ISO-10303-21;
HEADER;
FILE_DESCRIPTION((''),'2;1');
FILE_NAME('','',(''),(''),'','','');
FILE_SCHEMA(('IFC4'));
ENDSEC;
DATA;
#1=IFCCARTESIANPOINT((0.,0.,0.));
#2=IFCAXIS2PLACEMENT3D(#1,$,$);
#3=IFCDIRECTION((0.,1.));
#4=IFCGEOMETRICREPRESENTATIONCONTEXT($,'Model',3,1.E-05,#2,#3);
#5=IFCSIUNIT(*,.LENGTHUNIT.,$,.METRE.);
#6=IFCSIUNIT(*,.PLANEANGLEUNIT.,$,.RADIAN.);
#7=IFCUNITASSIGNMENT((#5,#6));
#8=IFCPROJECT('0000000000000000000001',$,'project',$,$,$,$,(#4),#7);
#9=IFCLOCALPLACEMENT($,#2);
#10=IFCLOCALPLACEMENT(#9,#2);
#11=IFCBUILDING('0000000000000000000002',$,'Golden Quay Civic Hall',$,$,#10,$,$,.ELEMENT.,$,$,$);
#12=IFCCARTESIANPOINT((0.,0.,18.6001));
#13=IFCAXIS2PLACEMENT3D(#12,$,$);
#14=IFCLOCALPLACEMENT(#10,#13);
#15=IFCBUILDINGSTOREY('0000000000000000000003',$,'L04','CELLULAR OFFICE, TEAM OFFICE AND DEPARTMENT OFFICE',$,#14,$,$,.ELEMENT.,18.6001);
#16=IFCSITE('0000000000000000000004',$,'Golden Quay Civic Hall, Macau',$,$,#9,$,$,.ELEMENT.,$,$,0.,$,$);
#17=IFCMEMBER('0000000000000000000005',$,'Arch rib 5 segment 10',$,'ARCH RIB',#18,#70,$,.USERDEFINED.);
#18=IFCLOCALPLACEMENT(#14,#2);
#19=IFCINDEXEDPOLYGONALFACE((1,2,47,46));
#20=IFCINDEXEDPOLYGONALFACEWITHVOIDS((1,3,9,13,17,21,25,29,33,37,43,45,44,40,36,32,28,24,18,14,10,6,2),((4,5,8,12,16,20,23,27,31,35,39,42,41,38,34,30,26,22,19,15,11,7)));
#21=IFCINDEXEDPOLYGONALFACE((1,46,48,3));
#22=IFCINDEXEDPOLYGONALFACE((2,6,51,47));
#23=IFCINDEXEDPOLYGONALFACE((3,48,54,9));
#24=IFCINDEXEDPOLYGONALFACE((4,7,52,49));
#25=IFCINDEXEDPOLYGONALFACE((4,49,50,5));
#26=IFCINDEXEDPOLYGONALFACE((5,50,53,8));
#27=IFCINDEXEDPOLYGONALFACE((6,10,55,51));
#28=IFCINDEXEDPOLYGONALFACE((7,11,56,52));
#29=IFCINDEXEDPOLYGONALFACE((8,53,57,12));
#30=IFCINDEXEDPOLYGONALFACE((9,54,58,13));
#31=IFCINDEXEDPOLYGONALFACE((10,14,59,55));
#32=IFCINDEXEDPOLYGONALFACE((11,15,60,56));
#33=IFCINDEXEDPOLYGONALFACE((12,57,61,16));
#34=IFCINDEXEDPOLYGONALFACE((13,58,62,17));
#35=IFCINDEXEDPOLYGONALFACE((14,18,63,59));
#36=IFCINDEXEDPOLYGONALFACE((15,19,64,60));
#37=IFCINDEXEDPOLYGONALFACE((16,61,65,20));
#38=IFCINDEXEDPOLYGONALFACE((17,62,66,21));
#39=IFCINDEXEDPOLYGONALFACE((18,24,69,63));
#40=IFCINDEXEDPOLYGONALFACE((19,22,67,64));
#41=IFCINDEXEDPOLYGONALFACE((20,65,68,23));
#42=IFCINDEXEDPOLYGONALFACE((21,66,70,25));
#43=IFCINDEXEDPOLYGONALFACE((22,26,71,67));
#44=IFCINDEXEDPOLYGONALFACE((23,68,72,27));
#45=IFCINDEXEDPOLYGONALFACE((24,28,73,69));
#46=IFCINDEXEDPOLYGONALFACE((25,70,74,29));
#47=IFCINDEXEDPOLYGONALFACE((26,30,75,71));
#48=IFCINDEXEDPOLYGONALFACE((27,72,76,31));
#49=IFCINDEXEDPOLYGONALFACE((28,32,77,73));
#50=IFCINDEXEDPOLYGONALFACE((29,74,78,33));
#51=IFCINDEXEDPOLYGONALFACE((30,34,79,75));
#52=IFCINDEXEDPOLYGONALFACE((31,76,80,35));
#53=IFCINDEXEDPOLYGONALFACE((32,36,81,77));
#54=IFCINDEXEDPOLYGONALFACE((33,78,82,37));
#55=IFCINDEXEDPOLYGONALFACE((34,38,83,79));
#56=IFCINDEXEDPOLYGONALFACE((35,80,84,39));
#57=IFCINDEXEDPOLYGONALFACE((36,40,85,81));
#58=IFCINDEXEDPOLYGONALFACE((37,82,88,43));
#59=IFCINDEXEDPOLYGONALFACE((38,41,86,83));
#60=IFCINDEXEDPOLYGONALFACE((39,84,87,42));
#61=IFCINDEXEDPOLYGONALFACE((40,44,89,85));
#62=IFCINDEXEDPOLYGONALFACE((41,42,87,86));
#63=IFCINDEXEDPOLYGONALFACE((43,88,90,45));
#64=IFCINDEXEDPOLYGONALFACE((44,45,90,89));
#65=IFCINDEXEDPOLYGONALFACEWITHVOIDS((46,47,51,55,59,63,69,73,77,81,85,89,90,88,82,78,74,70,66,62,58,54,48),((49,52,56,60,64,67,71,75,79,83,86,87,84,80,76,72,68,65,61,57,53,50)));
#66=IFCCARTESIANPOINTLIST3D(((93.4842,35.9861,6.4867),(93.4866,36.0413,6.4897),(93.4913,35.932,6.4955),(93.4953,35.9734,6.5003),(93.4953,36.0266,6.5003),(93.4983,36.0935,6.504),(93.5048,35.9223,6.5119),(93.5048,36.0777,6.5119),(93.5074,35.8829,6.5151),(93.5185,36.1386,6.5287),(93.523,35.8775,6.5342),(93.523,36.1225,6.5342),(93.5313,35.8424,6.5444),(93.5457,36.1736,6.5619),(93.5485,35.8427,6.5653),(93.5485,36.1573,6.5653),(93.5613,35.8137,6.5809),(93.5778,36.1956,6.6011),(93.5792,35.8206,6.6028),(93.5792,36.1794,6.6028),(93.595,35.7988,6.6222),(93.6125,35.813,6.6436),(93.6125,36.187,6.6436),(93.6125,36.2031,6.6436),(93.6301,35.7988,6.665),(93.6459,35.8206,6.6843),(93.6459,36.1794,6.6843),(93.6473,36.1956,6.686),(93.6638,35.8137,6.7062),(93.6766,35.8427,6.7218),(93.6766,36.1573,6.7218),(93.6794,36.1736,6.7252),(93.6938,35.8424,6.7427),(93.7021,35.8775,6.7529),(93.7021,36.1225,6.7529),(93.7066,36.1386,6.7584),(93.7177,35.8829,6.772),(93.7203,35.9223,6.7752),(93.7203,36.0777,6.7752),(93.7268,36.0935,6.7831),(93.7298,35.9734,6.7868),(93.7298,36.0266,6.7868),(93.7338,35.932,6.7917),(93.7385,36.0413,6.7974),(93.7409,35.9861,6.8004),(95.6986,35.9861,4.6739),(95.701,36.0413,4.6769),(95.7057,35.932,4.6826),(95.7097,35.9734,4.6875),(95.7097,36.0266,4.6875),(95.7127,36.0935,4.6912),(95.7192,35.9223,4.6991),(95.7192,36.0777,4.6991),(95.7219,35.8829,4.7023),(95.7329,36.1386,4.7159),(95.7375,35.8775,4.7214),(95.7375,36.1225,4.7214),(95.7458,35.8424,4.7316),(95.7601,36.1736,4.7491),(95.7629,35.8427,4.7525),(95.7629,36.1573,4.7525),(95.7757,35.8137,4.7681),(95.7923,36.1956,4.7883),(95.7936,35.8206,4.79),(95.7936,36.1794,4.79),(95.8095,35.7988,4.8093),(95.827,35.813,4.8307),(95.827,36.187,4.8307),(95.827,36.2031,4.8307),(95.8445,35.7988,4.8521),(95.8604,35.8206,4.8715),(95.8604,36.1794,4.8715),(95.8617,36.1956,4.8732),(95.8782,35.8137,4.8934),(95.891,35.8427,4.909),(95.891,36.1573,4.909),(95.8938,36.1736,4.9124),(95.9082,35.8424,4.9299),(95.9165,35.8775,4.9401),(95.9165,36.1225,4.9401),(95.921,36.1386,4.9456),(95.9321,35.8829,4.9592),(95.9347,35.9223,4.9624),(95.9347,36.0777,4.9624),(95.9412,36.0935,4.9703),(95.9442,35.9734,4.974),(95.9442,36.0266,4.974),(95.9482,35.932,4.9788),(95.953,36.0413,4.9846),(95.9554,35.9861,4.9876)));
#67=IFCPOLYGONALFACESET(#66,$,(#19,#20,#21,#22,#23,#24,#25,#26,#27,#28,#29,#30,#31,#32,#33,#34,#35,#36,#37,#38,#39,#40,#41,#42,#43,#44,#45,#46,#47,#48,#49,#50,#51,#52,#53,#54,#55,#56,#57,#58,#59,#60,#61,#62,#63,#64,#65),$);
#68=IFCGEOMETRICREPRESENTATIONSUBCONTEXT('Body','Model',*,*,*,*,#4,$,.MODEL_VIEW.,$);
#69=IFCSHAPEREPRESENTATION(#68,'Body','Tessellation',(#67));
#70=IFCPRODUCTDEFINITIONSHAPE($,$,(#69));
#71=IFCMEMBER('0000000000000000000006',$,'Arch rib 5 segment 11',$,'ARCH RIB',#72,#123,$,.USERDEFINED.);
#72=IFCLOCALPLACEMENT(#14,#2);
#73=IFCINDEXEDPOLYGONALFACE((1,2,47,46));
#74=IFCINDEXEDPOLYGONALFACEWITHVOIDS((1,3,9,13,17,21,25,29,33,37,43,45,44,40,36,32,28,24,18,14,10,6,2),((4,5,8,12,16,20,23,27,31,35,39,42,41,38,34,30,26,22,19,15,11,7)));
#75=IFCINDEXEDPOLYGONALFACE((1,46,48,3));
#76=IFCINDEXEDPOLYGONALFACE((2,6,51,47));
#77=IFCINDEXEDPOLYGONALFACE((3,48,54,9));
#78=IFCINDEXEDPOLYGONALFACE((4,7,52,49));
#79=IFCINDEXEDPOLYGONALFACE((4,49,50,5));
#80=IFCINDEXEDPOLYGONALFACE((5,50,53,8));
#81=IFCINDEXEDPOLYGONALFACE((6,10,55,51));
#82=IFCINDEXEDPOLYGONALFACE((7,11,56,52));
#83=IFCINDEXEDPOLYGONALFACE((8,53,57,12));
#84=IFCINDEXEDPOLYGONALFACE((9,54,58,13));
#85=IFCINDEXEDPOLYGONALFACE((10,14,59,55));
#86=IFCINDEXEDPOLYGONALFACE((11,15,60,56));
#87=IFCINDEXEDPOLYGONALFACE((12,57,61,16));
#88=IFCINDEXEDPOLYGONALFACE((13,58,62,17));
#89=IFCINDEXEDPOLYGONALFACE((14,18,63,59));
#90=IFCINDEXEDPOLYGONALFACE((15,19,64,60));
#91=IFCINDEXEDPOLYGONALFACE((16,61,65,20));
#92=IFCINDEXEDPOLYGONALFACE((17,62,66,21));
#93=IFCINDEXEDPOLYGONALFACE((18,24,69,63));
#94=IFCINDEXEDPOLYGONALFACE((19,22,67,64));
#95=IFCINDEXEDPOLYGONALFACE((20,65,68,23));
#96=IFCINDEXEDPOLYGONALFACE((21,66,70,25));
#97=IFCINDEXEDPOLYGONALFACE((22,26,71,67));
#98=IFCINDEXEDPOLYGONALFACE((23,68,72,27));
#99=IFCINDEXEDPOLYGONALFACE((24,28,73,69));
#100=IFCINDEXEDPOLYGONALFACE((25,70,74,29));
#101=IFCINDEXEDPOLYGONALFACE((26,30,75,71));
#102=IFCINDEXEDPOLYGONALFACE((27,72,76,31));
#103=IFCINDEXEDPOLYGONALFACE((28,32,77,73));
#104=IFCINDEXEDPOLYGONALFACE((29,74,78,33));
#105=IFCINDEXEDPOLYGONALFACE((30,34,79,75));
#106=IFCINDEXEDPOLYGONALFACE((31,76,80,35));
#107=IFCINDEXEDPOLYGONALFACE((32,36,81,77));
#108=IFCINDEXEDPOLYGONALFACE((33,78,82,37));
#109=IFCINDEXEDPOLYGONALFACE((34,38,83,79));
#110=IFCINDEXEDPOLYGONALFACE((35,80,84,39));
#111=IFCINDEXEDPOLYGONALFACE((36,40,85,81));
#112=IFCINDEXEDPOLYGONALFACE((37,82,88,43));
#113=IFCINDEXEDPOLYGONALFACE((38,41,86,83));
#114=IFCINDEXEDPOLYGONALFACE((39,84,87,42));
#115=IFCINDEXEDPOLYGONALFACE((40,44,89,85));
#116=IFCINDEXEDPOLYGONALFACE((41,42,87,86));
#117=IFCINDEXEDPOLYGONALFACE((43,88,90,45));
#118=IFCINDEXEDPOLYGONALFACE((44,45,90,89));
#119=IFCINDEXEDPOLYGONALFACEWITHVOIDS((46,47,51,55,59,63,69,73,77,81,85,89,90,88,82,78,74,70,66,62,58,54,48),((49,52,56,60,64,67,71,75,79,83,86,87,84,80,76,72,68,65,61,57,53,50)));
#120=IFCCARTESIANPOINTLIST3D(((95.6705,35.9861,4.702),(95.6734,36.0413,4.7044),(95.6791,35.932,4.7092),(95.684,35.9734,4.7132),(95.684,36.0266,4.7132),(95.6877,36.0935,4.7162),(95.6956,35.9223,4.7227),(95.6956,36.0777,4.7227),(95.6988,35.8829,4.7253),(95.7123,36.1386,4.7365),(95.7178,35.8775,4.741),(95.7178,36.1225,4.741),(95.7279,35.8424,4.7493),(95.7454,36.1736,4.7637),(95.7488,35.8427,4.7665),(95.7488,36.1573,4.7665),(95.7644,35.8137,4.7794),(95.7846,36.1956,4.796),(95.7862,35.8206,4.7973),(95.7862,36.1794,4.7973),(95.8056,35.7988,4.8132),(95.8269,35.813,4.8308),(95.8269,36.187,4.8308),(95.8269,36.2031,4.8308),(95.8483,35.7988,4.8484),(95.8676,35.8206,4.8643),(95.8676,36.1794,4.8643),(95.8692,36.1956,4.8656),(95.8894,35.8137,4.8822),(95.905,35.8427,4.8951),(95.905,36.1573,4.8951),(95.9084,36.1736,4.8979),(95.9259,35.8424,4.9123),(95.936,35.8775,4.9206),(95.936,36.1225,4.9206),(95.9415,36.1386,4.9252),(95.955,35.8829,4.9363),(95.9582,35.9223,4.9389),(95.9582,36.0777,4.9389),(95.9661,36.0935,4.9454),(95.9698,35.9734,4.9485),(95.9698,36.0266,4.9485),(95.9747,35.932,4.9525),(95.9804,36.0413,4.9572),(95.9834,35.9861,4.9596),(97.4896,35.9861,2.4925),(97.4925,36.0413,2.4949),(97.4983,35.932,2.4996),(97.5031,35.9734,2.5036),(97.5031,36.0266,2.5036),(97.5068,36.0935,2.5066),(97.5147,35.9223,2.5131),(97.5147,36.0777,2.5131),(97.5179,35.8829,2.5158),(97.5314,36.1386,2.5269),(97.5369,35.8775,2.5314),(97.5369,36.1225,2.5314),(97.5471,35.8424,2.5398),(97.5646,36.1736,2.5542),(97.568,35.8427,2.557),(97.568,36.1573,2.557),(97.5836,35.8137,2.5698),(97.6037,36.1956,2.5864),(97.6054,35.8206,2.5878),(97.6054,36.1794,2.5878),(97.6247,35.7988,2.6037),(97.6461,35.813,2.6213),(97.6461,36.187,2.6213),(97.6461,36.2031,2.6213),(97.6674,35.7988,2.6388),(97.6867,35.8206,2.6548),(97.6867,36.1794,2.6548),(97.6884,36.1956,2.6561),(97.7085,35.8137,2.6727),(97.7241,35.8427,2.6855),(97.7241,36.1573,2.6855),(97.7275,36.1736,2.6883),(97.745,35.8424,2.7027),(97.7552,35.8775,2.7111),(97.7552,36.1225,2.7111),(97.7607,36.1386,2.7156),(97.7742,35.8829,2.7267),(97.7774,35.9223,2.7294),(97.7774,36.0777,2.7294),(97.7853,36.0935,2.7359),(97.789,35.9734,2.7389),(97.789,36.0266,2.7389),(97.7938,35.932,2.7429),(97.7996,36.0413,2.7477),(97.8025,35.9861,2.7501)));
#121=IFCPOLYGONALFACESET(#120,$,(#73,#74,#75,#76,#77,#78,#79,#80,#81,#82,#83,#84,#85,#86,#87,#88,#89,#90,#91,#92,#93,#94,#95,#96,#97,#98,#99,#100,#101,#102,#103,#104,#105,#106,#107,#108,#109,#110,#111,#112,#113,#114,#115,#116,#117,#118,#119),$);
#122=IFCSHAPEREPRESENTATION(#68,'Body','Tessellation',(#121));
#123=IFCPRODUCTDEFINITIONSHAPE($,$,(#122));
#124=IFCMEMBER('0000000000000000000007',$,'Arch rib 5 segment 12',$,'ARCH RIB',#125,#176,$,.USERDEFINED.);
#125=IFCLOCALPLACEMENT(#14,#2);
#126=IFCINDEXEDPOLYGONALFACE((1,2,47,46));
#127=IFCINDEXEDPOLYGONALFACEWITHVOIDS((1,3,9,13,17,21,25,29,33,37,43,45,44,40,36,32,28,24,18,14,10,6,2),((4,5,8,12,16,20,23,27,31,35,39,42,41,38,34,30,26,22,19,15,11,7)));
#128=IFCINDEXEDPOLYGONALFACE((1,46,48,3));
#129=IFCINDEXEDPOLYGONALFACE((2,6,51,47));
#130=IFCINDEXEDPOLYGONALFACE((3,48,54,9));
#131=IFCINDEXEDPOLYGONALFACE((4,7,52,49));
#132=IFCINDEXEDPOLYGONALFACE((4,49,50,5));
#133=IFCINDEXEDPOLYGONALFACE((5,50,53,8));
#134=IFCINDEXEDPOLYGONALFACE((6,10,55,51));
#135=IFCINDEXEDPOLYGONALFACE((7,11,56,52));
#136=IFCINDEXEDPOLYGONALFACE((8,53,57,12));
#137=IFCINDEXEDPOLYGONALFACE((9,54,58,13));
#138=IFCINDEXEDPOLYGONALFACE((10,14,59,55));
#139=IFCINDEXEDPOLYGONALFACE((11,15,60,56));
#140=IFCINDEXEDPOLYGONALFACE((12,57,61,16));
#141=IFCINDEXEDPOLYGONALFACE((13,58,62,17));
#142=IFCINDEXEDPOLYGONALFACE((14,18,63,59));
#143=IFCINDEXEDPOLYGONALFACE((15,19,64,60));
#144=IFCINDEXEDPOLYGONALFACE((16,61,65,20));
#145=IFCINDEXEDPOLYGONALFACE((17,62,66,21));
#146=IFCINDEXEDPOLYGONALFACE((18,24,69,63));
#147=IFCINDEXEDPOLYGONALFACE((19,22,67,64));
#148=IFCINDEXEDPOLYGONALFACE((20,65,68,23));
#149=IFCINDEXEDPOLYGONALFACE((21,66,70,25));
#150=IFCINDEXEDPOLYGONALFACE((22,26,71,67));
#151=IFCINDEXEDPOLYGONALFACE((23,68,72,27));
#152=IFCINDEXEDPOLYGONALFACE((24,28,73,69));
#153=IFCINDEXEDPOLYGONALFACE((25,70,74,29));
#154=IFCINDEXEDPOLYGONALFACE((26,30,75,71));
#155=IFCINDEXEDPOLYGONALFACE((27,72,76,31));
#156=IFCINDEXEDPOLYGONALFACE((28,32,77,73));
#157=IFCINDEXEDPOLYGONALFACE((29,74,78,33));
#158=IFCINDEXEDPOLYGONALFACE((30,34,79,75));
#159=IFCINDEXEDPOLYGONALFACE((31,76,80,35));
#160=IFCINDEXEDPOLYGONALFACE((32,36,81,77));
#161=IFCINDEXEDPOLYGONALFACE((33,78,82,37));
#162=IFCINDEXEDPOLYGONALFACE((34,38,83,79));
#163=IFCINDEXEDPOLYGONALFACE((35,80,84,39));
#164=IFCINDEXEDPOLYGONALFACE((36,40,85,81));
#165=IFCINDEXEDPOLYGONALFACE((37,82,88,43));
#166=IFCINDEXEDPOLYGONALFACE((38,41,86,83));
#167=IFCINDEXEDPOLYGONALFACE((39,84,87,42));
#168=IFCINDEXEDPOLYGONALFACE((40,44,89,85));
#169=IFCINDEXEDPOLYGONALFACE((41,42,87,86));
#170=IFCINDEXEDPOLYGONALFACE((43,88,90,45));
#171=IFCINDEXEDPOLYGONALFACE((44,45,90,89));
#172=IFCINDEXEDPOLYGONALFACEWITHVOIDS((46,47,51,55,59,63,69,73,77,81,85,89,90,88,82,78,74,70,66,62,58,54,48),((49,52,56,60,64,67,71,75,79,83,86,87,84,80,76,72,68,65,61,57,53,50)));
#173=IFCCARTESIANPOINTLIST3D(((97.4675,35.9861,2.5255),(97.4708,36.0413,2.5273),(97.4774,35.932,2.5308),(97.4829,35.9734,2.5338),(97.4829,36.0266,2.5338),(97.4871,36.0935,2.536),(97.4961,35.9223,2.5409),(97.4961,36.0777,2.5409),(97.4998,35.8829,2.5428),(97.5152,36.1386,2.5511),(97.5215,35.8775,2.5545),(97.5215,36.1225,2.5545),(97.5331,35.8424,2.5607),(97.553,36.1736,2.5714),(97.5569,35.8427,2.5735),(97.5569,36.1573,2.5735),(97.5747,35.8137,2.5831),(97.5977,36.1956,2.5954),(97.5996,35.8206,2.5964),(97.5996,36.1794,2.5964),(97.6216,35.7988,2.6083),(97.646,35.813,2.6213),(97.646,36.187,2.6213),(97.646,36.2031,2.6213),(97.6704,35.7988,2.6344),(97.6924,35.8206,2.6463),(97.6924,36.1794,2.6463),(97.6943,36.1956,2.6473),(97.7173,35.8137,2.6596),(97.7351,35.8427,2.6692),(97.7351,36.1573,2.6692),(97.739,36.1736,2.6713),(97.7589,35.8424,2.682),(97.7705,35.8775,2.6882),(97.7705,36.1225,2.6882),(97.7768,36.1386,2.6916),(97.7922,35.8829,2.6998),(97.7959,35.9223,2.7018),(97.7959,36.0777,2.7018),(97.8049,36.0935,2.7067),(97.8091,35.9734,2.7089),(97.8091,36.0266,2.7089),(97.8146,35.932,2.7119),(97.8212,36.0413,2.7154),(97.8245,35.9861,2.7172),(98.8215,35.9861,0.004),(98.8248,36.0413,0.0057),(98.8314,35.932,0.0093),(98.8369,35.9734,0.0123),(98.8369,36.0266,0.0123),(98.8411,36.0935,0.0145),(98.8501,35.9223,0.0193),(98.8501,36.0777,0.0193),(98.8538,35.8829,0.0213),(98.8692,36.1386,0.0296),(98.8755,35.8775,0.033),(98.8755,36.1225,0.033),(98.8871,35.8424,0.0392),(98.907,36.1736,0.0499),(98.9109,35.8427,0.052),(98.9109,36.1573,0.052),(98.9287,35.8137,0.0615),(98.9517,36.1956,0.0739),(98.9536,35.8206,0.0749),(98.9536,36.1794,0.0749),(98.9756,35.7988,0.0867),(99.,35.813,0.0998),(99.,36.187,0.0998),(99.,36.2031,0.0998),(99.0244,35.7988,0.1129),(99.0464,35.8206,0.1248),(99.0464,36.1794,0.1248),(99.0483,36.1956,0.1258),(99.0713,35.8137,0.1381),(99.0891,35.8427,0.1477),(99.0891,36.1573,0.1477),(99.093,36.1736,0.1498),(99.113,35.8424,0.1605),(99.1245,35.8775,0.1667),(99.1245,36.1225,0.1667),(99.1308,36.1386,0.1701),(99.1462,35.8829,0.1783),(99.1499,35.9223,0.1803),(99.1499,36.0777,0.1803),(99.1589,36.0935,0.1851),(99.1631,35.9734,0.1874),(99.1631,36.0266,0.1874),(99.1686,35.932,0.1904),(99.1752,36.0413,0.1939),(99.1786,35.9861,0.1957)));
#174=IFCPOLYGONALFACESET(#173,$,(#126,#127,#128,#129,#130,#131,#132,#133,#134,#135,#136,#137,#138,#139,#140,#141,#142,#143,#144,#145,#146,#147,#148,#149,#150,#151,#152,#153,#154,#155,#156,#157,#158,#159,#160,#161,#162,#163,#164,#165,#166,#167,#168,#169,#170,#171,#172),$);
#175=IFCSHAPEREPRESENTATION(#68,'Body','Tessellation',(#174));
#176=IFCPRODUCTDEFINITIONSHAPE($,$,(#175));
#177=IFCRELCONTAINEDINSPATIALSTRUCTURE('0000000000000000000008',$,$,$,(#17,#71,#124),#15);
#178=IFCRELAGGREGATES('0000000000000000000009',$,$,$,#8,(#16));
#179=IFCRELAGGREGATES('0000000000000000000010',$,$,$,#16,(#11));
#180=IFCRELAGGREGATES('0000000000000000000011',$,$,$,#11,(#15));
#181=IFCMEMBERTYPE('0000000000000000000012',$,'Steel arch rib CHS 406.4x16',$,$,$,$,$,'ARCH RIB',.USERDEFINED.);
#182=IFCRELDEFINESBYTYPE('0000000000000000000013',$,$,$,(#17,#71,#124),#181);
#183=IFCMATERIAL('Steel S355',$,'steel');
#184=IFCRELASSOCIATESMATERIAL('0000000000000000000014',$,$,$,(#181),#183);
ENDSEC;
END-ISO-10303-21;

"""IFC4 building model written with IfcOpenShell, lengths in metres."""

from ifc_helpers import new_model, si_unit, direction, frame, origin, origin_2d, place, context, subcontext, project, spatial, hollow_circle, extrude, material, material_profile, profile_set, type_object, element, save


model = new_model("IFC4")

# Units and contexts
model_context = context("Model", 3, precision=1e-05, world=origin(), true_north=direction((0.0, 1.0)))
body_context = subcontext(model_context, "Body", "Model", "MODEL_VIEW")
ifc_project = project(units=[si_unit("LENGTHUNIT", "METRE"), si_unit("PLANEANGLEUNIT", "RADIAN")], contexts=[model_context])

# Site, building, storey
site_placement = place(None, origin())
site = spatial("IfcSite", under=ifc_project, at=site_placement, Name="Golden Quay Civic Hall, Macau", CompositionType="ELEMENT", RefElevation=0.0)
building_placement = place(site_placement, origin())
building = spatial("IfcBuilding", under=site, at=building_placement, Name="Golden Quay Civic Hall", CompositionType="ELEMENT")
storey_placement = place(building_placement, frame((0.0, 0.0, 18.6001)))
storey = spatial("IfcBuildingStorey", under=building, at=storey_placement, Name="L04", Description="CELLULAR OFFICE, TEAM OFFICE AND DEPARTMENT OFFICE", CompositionType="ELEMENT", Elevation=18.6001)

# Members
ifc_material_1 = material(Name="Steel S355", Category="steel")
ifc_material_profile_1 = material_profile(ifc_material_1, hollow_circle(Radius=0.2031, WallThickness=0.0161, at=origin_2d()), Name="CHS 406.4x16")
ifc_profile_set_1 = profile_set([ifc_material_profile_1], Name="Steel S355")
member_type_1 = type_object("IfcMemberType", Name="Steel arch rib CHS 406.4x16", ElementType="ARCH RIB", PredefinedType="USERDEFINED", material=ifc_profile_set_1)
member_1_placement = place(storey_placement, frame((93.6125, 36.0, 6.6436), z_axis=(0.773786, 0.0, -0.633447), x_axis=(0.0, 1.0, 0.0)))
element("IfcMember", 1, at=member_1_placement, inside=storey, type_object=member_type_1, Name="Arch rib 5 segment 10", ObjectType="ARCH RIB", PredefinedType="USERDEFINED", context=body_context, shape_type="SweptSolid", body=[
    extrude(hollow_circle(Radius=0.2031, WallThickness=0.0161, at=origin_2d()), origin(), (0.0, 0.0, 1.0), 2.8618),
])
for number, where, z_axis, x_axis, name in (
    (2, (95.8269, 36.0, 4.8308), (0.635609, 0.0, -0.772011), (0.0, 1.0, 0.0), "Arch rib 5 segment 11"),
    (3, (97.646, 36.0, 2.6213), (0.473092, 0.0, -0.881013), (0.0, 1.0, 0.0), "Arch rib 5 segment 12"),
):
    element("IfcMember", number, at=place(storey_placement, frame(where, z_axis=z_axis, x_axis=x_axis)), inside=storey, type_object=member_type_1, Name=name, ObjectType="ARCH RIB", PredefinedType="USERDEFINED", context=body_context, shape_type="SweptSolid", body=[
        extrude(hollow_circle(Radius=0.2031, WallThickness=0.0161, at=origin_2d()), origin(), (0.0, 0.0, 1.0), 2.8621),
    ])

save(model, "model.ifc")
